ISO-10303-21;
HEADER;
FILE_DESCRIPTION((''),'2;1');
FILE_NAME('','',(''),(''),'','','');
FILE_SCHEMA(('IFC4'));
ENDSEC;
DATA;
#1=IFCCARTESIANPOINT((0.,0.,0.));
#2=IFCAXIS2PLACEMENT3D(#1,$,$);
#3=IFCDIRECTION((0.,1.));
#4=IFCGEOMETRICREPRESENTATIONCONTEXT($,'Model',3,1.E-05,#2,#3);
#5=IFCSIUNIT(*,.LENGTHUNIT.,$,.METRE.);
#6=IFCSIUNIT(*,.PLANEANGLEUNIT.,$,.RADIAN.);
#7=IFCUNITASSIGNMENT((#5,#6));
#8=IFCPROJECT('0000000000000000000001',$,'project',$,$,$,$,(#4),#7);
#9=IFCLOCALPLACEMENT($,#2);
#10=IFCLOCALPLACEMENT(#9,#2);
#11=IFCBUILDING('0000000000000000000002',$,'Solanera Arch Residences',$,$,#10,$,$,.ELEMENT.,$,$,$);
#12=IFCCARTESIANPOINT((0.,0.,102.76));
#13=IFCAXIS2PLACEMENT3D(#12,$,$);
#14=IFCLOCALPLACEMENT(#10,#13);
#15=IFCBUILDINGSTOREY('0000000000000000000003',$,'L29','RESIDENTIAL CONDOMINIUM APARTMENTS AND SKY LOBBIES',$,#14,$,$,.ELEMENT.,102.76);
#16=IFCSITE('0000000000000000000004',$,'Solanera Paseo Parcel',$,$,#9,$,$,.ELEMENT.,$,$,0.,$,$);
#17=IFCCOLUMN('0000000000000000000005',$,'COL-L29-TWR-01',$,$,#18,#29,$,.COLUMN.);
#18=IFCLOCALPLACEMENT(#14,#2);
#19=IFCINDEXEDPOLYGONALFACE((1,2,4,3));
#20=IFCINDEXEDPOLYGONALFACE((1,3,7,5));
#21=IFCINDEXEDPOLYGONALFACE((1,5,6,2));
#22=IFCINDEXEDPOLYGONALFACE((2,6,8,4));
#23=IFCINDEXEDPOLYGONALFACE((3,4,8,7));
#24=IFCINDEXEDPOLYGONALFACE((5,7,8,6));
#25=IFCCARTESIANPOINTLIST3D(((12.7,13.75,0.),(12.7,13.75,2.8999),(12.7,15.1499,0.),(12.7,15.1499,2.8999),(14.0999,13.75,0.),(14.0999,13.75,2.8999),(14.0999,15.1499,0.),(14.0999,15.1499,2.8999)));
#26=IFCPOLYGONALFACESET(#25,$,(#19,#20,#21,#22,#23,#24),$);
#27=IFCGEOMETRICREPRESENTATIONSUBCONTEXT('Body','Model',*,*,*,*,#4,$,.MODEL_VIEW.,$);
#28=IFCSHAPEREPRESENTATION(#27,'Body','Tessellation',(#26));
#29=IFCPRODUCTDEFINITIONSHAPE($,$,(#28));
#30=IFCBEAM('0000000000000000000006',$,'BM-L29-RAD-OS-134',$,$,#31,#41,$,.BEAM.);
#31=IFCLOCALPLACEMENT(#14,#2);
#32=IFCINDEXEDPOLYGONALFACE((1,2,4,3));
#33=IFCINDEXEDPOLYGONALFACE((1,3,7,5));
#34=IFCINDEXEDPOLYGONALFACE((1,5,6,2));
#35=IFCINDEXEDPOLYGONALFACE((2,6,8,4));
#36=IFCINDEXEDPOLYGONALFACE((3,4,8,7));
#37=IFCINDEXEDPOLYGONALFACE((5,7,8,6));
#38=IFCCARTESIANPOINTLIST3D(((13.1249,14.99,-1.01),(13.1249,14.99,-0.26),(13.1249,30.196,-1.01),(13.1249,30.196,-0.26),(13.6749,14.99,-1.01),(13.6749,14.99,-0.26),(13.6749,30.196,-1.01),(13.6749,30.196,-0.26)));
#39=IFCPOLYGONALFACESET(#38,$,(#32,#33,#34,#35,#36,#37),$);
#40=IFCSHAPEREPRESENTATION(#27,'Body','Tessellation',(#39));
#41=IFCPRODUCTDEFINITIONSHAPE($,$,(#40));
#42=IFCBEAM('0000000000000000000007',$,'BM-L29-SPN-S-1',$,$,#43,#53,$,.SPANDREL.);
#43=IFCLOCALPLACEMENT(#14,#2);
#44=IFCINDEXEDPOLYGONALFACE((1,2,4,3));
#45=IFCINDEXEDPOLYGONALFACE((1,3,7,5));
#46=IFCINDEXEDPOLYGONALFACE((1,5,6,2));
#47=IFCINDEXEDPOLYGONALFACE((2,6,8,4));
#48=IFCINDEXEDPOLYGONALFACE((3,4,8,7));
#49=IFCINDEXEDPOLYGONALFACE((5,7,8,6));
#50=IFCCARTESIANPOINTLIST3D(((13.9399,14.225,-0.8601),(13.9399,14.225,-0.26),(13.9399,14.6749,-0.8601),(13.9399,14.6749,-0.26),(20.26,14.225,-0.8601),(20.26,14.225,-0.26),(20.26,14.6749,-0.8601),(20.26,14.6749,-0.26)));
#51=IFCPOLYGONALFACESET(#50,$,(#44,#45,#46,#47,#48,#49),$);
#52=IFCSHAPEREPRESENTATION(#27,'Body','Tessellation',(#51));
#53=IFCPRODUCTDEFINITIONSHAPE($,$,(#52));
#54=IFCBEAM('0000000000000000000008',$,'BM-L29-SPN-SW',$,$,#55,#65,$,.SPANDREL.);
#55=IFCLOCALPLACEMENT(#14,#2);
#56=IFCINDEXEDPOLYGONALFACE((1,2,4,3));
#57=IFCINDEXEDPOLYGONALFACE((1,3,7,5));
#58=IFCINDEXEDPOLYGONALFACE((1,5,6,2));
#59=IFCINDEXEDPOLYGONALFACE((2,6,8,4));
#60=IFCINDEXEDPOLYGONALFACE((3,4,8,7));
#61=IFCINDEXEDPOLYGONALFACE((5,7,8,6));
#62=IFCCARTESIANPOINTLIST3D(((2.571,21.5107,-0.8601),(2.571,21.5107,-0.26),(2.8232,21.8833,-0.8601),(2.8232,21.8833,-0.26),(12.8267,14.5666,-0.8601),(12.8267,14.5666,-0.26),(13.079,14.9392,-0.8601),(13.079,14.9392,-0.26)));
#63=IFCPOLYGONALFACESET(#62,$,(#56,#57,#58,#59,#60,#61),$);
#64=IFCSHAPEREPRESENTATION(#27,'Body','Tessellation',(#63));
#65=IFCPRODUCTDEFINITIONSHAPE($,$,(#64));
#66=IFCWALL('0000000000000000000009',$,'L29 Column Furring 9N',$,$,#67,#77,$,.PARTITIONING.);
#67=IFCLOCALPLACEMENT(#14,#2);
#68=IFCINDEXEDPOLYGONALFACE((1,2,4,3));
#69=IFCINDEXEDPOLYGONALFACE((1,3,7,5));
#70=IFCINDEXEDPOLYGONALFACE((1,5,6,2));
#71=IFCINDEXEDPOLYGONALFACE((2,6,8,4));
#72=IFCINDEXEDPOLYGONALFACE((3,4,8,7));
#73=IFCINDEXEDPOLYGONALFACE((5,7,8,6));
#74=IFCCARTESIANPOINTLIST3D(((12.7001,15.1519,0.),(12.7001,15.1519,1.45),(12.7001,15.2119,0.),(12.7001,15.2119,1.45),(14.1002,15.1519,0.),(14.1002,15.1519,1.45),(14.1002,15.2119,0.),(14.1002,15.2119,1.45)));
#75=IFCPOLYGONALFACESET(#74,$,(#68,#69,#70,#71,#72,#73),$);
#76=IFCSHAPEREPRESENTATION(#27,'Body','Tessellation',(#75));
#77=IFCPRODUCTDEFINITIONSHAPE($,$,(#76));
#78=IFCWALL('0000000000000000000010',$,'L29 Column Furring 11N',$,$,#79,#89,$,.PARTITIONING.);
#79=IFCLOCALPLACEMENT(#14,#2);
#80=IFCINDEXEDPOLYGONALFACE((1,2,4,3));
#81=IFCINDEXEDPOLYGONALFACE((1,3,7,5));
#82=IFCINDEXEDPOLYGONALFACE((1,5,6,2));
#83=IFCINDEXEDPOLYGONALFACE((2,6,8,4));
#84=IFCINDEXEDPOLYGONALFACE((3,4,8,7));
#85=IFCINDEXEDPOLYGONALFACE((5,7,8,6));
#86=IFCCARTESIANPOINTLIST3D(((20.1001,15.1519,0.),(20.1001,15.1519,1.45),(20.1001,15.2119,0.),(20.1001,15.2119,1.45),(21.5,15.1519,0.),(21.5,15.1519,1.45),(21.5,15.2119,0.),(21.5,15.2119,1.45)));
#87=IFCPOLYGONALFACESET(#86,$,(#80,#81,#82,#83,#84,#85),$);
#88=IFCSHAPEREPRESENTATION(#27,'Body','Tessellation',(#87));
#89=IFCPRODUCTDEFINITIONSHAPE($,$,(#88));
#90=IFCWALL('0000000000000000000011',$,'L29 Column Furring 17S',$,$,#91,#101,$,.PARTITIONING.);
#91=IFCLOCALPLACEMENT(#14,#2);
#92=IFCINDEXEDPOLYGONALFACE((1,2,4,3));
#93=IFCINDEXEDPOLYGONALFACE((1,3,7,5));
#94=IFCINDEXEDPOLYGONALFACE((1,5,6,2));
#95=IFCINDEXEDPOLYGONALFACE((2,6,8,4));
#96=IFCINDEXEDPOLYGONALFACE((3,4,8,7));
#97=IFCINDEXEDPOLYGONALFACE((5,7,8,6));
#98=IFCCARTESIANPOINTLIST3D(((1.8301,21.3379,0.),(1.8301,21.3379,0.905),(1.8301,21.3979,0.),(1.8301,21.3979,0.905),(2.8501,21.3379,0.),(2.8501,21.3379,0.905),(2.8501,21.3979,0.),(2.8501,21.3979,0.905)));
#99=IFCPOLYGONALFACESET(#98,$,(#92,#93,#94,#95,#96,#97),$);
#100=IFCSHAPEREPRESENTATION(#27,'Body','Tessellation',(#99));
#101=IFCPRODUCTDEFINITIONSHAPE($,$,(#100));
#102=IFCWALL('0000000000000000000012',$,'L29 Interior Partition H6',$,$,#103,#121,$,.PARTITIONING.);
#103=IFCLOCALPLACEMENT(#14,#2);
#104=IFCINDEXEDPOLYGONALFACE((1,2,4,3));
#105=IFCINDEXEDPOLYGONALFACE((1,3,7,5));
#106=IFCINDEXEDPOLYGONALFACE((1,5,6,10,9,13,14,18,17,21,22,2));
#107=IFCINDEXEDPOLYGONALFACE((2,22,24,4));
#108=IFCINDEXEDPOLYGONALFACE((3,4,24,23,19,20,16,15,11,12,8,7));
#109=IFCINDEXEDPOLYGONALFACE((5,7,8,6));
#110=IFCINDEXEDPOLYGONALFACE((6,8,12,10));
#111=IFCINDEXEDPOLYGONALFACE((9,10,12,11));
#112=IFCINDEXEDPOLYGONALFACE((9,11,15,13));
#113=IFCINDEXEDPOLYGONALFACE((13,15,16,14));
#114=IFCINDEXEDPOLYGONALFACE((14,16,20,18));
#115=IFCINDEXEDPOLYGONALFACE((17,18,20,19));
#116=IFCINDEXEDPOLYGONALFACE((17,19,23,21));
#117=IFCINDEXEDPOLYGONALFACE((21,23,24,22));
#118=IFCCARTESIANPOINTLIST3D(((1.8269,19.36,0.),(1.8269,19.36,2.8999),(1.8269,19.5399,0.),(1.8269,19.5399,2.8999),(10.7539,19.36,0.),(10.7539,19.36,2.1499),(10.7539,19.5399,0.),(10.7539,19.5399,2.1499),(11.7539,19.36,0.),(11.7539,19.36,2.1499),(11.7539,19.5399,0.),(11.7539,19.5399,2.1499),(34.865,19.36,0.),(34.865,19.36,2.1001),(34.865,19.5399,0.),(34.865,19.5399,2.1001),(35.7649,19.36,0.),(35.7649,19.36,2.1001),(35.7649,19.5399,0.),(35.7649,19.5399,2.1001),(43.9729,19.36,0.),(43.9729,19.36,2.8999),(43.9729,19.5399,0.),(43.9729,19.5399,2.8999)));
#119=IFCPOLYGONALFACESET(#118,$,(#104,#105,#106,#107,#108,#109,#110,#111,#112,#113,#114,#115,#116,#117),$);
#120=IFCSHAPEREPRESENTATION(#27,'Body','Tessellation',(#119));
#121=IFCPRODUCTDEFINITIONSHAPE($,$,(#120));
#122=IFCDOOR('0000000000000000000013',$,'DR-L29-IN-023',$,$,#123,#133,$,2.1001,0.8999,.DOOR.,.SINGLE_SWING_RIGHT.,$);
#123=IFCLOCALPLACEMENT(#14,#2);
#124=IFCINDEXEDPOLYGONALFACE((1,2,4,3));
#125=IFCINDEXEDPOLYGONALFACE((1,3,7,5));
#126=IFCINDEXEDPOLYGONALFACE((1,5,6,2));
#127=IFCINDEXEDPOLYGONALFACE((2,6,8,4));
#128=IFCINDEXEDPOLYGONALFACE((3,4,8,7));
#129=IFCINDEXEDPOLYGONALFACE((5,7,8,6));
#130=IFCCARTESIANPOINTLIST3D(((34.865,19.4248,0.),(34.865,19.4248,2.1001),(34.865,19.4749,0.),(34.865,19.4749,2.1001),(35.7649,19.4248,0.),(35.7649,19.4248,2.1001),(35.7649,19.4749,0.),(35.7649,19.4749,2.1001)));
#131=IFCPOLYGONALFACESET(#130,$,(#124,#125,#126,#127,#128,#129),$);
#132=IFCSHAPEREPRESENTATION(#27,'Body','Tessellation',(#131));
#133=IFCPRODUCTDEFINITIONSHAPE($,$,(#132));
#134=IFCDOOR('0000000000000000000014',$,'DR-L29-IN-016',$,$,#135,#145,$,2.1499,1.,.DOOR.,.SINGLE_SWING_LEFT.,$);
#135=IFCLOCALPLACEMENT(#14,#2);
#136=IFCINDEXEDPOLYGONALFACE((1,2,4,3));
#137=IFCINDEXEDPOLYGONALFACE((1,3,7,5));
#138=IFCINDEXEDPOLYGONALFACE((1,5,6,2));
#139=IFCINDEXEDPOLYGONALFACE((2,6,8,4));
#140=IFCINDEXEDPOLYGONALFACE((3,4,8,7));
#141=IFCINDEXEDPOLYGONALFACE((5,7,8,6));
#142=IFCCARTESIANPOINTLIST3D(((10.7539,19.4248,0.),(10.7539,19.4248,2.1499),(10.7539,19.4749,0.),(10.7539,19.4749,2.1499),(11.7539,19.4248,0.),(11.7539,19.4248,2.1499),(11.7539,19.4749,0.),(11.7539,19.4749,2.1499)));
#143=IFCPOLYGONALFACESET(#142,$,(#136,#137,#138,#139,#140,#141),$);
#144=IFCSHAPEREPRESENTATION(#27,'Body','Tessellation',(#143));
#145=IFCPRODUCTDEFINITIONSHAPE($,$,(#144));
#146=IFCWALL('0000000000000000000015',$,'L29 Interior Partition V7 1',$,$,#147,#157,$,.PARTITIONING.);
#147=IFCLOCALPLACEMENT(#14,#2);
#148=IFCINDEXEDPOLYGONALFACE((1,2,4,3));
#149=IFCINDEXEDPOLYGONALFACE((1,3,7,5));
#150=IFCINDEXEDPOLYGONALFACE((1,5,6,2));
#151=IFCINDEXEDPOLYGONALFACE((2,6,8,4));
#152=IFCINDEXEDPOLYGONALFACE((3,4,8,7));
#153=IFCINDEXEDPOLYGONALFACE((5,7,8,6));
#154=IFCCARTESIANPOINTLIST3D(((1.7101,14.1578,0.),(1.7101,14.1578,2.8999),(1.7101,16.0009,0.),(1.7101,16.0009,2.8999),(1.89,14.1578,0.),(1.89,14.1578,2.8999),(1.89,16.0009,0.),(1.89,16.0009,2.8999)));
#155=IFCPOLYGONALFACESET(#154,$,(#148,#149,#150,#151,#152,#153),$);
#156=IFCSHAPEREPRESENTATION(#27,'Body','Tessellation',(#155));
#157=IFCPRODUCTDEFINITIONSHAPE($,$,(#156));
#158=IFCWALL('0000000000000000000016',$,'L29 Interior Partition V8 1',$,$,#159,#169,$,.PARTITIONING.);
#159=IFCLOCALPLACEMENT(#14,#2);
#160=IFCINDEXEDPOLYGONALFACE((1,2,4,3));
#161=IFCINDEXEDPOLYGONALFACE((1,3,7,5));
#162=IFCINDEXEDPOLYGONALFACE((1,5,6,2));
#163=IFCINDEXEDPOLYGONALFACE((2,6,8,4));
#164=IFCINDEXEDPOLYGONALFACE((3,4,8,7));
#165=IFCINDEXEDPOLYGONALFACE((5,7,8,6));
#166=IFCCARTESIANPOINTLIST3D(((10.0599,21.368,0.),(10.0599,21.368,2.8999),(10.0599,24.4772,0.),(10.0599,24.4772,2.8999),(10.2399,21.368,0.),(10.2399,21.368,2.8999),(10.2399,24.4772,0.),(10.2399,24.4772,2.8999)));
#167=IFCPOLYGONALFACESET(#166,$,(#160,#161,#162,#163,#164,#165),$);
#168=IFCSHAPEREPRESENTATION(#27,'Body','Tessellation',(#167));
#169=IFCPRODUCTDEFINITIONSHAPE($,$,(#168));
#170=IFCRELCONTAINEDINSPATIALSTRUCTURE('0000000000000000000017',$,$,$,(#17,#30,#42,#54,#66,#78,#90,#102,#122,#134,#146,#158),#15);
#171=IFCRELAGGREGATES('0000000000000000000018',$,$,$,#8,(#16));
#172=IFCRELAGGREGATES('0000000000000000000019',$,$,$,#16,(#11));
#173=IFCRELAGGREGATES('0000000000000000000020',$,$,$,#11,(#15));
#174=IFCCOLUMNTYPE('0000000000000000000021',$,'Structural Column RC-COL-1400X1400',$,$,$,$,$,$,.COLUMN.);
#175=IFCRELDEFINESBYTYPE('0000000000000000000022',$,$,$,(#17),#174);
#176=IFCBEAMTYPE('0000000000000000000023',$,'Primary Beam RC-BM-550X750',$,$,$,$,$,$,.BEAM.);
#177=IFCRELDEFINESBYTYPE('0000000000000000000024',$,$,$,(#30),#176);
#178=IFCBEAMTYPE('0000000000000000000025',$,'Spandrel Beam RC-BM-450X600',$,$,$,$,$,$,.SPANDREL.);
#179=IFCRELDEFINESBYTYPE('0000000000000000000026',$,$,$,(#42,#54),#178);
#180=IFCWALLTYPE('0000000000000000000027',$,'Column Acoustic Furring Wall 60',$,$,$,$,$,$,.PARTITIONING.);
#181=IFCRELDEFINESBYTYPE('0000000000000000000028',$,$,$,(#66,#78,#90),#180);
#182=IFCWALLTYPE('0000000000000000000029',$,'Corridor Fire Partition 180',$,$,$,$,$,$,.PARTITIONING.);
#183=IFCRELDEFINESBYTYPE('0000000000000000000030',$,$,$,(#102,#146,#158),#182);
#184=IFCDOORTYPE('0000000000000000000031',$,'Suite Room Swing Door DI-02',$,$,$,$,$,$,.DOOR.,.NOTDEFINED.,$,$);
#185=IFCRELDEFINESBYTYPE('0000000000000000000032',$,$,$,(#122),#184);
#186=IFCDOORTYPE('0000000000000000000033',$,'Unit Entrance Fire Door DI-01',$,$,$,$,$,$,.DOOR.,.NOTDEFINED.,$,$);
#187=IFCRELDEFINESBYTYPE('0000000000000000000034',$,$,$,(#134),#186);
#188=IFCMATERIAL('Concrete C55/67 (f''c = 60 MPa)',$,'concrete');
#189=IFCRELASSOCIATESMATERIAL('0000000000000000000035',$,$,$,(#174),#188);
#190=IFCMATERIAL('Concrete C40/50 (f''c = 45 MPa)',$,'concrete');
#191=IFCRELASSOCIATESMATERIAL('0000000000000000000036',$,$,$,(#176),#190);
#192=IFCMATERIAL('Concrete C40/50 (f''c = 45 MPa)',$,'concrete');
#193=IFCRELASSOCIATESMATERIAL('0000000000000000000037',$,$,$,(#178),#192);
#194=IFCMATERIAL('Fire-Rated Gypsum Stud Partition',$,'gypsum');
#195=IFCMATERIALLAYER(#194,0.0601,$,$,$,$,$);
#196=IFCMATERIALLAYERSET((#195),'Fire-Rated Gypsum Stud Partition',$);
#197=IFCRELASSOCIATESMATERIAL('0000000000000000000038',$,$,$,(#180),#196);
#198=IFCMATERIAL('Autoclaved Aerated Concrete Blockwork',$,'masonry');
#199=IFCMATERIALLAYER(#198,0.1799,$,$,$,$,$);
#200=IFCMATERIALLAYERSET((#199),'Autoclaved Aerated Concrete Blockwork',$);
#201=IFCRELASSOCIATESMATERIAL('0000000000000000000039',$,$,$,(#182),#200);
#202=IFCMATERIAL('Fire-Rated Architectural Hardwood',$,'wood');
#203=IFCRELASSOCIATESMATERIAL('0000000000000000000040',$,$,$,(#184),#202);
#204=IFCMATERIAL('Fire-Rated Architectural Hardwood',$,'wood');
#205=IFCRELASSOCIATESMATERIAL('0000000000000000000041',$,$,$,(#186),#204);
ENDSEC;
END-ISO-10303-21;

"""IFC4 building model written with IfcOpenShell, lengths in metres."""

from ifc_helpers import new_model, si_unit, direction, frame, frame_2d, origin, origin_2d, place, context, subcontext, project, spatial, rectangle, extrude, material, layer, layer_set, material_profile, profile_set, type_object, element, fill, save


model = new_model("IFC4")

# Units and contexts
model_context = context("Model", 3, precision=1e-05, world=origin(), true_north=direction((0.0, 1.0)))
body_context = subcontext(model_context, "Body", "Model", "MODEL_VIEW")
ifc_project = project(units=[si_unit("LENGTHUNIT", "METRE"), si_unit("PLANEANGLEUNIT", "RADIAN")], contexts=[model_context])

# Site, building, storey
site_placement = place(None, origin())
site = spatial("IfcSite", under=ifc_project, at=site_placement, Name="Solanera Paseo Parcel", CompositionType="ELEMENT", RefElevation=0.0)
building_placement = place(site_placement, origin())
building = spatial("IfcBuilding", under=site, at=building_placement, Name="Solanera Arch Residences", CompositionType="ELEMENT")
storey_placement = place(building_placement, frame((0.0, 0.0, 102.76)))
storey = spatial("IfcBuildingStorey", under=building, at=storey_placement, Name="L29", Description="RESIDENTIAL CONDOMINIUM APARTMENTS AND SKY LOBBIES", CompositionType="ELEMENT", Elevation=102.76)

# Column
ifc_material_1 = material(Name="Concrete C55/67 (f'c = 60 MPa)", Category="concrete")
ifc_material_profile_1 = material_profile(ifc_material_1, rectangle(XDim=1.3999, YDim=1.3999, at=origin_2d()))
ifc_profile_set_1 = profile_set([ifc_material_profile_1], Name="Concrete C55/67 (f'c = 60 MPa)")
column_type = type_object("IfcColumnType", Name="Structural Column RC-COL-1400X1400", PredefinedType="COLUMN", material=ifc_profile_set_1)
column_placement = place(storey_placement, frame((13.3999, 14.45, 0.0), z_axis=(0.0, 0.0, 1.0), x_axis=(1.0, 0.0, 0.0)))
element("IfcColumn", 1, at=column_placement, inside=storey, type_object=column_type, Name="COL-L29-TWR-01", PredefinedType="COLUMN", context=body_context, shape_type="SweptSolid", body=[
    extrude(rectangle(XDim=1.3999, YDim=1.3999, at=origin_2d()), origin(), (0.0, 0.0, 1.0), 2.8999),
])

# Beams
ifc_material_2 = material(Name="Concrete C40/50 (f'c = 45 MPa)", Category="concrete")
ifc_material_profile_2 = material_profile(ifc_material_2, rectangle(XDim=0.55, YDim=0.75, at=origin_2d()))
ifc_profile_set_2 = profile_set([ifc_material_profile_2], Name="Concrete C40/50 (f'c = 45 MPa)")
beam_type_1 = type_object("IfcBeamType", Name="Primary Beam RC-BM-550X750", PredefinedType="BEAM", material=ifc_profile_set_2)
beam_1_placement = place(storey_placement, frame((13.3999, 14.99, -0.635), z_axis=(0.0, 1.0, 0.0), x_axis=(-1.0, 0.0, 0.0)))
element("IfcBeam", 2, at=beam_1_placement, inside=storey, type_object=beam_type_1, Name="BM-L29-RAD-OS-134", PredefinedType="BEAM", context=body_context, shape_type="SweptSolid", body=[
    extrude(rectangle(XDim=0.55, YDim=0.75, at=origin_2d()), origin(), (0.0, 0.0, 1.0), 15.2061),
])
ifc_material_3 = material(Name="Concrete C40/50 (f'c = 45 MPa)", Category="concrete")
ifc_material_profile_3 = material_profile(ifc_material_3, rectangle(XDim=0.45, YDim=0.6001, at=origin_2d()))
ifc_profile_set_3 = profile_set([ifc_material_profile_3], Name="Concrete C40/50 (f'c = 45 MPa)")
beam_type_2 = type_object("IfcBeamType", Name="Spandrel Beam RC-BM-450X600", PredefinedType="SPANDREL", material=ifc_profile_set_3)
beam_2_placement = place(storey_placement, frame((13.9399, 14.45, -0.5601), z_axis=(1.0, 0.0, 0.0), x_axis=(0.0, 1.0, 0.0)))
element("IfcBeam", 3, at=beam_2_placement, inside=storey, type_object=beam_type_2, Name="BM-L29-SPN-S-1", PredefinedType="SPANDREL", context=body_context, shape_type="SweptSolid", body=[
    extrude(rectangle(XDim=0.45, YDim=0.6001, at=origin_2d()), origin(), (0.0, 0.0, 1.0), 6.3201),
])
beam_3_placement = place(storey_placement, frame((12.9529, 14.7529, -0.5601), z_axis=(-0.828047, 0.560659, 0.0), x_axis=(-0.560659, -0.828047, 0.0)))
element("IfcBeam", 4, at=beam_3_placement, inside=storey, type_object=beam_type_2, Name="BM-L29-SPN-SW", PredefinedType="SPANDREL", context=body_context, shape_type="SweptSolid", body=[
    extrude(rectangle(XDim=0.45, YDim=0.6001, at=origin_2d()), origin(), (0.0, 0.0, 1.0), 12.3855),
])

# Walls
ifc_material_4 = material(Name="Fire-Rated Gypsum Stud Partition", Category="gypsum")
ifc_layer_1 = layer(ifc_material_4, 0.0601)
ifc_layer_set_1 = layer_set([ifc_layer_1], Name="Fire-Rated Gypsum Stud Partition")
wall_type_1 = type_object("IfcWallType", Name="Column Acoustic Furring Wall 60", PredefinedType="PARTITIONING", material=ifc_layer_set_1)
wall_1_placement = place(storey_placement, frame((12.7, 15.1819, 0.0), z_axis=(0.0, 0.0, 1.0), x_axis=(1.0, 0.0, 0.0)))
element("IfcWall", 5, at=wall_1_placement, inside=storey, type_object=wall_type_1, Name="L29 Column Furring 9N", PredefinedType="PARTITIONING", context=body_context, shape_type="SweptSolid", body=[
    extrude(rectangle(XDim=1.4001, YDim=0.0601, at=frame_2d((0.7002, 0.0))), origin(), (0.0, 0.0, 1.0), 1.45),
])
wall_2_placement = place(storey_placement, frame((20.1001, 15.1819, 0.0), z_axis=(0.0, 0.0, 1.0), x_axis=(1.0, 0.0, 0.0)))
element("IfcWall", 6, at=wall_2_placement, inside=storey, type_object=wall_type_1, Name="L29 Column Furring 11N", PredefinedType="PARTITIONING", context=body_context, shape_type="SweptSolid", body=[
    extrude(rectangle(XDim=1.3999, YDim=0.0601, at=frame_2d((0.7, 0.0))), origin(), (0.0, 0.0, 1.0), 1.45),
])
wall_3_placement = place(storey_placement, frame((1.8301, 21.3679, 0.0), z_axis=(0.0, 0.0, 1.0), x_axis=(1.0, 0.0, 0.0)))
element("IfcWall", 7, at=wall_3_placement, inside=storey, type_object=wall_type_1, Name="L29 Column Furring 17S", PredefinedType="PARTITIONING", context=body_context, shape_type="SweptSolid", body=[
    extrude(rectangle(XDim=1.02, YDim=0.0601, at=frame_2d((0.51, 0.0))), origin(), (0.0, 0.0, 1.0), 0.905),
])

# Wall, openings, doors
ifc_material_5 = material(Name="Autoclaved Aerated Concrete Blockwork", Category="masonry")
ifc_layer_2 = layer(ifc_material_5, 0.1799)
ifc_layer_set_2 = layer_set([ifc_layer_2], Name="Autoclaved Aerated Concrete Blockwork")
wall_type_2 = type_object("IfcWallType", Name="Corridor Fire Partition 180", PredefinedType="PARTITIONING", material=ifc_layer_set_2)
wall_4_placement = place(storey_placement, frame((1.8269, 19.45, 0.0), z_axis=(0.0, 0.0, 1.0), x_axis=(1.0, 0.0, 0.0)))
wall_4 = element("IfcWall", 8, at=wall_4_placement, inside=storey, type_object=wall_type_2, Name="L29 Interior Partition H6", PredefinedType="PARTITIONING", context=body_context, shape_type="SweptSolid", body=[
    extrude(rectangle(XDim=42.146, YDim=0.1799, at=frame_2d((21.073, 0.0))), origin(), (0.0, 0.0, 1.0), 2.8999),
])
opening_1_placement = place(wall_4_placement, frame((8.927, 0.0, 0.0)))
opening_1 = element("IfcOpeningElement", 9, at=opening_1_placement, cuts=wall_4, PredefinedType="OPENING", context=body_context, shape_type="SweptSolid", body=[
    extrude(rectangle(XDim=1.0, YDim=2.1499, at=frame_2d((0.5, 1.075))), frame((0.0, 0.1001, 0.0), z_axis=(0.0, -1.0, 0.0), x_axis=(1.0, 0.0, 0.0)), (0.0, 0.0, 1.0), 0.1999),
])
opening_2_placement = place(wall_4_placement, frame((33.0381, 0.0, 0.0)))
opening_2 = element("IfcOpeningElement", 10, at=opening_2_placement, cuts=wall_4, PredefinedType="OPENING", context=body_context, shape_type="SweptSolid", body=[
    extrude(rectangle(XDim=0.8999, YDim=2.1001, at=frame_2d((0.45, 1.05))), frame((0.0, 0.1001, 0.0), z_axis=(0.0, -1.0, 0.0), x_axis=(1.0, 0.0, 0.0)), (0.0, 0.0, 1.0), 0.1999),
])
ifc_material_6 = material(Name="Fire-Rated Architectural Hardwood", Category="wood")
door_type_1 = type_object("IfcDoorType", Name="Suite Room Swing Door DI-02", OperationType="NOTDEFINED", PredefinedType="DOOR", material=ifc_material_6)
door_1_placement = place(opening_2_placement, origin())
door_1 = element("IfcDoor", 11, at=door_1_placement, inside=storey, type_object=door_type_1, Name="DR-L29-IN-023", OperationType="SINGLE_SWING_RIGHT", OverallHeight=2.1001, OverallWidth=0.8999, PredefinedType="DOOR", context=body_context, shape_type="SweptSolid", body=[
    extrude(rectangle(XDim=0.8999, YDim=2.1001, at=frame_2d((0.45, 1.05))), frame((0.0, 0.0249, 0.0), z_axis=(0.0, -1.0, 0.0), x_axis=(1.0, 0.0, 0.0)), (0.0, 0.0, 1.0), 0.05),
])
fill(opening_2, door_1)
ifc_material_7 = material(Name="Fire-Rated Architectural Hardwood", Category="wood")
door_type_2 = type_object("IfcDoorType", Name="Unit Entrance Fire Door DI-01", OperationType="NOTDEFINED", PredefinedType="DOOR", material=ifc_material_7)
door_2_placement = place(opening_1_placement, origin())
door_2 = element("IfcDoor", 12, at=door_2_placement, inside=storey, type_object=door_type_2, Name="DR-L29-IN-016", OperationType="SINGLE_SWING_LEFT", OverallHeight=2.1499, OverallWidth=1.0, PredefinedType="DOOR", context=body_context, shape_type="SweptSolid", body=[
    extrude(rectangle(XDim=1.0, YDim=2.1499, at=frame_2d((0.5, 1.075))), frame((0.0, 0.0249, 0.0), z_axis=(0.0, -1.0, 0.0), x_axis=(1.0, 0.0, 0.0)), (0.0, 0.0, 1.0), 0.05),
])
fill(opening_1, door_2)

# Walls
wall_5_placement = place(storey_placement, frame((1.8, 14.158, 0.0), z_axis=(0.0, 0.0, 1.0), x_axis=(0.0, 1.0, 0.0)))
element("IfcWall", 13, at=wall_5_placement, inside=storey, type_object=wall_type_2, Name="L29 Interior Partition V7 1", PredefinedType="PARTITIONING", context=body_context, shape_type="SweptSolid", body=[
    extrude(rectangle(XDim=1.843, YDim=0.1799, at=frame_2d((0.9214, 0.0))), origin(), (0.0, 0.0, 1.0), 2.8999),
])
wall_6_placement = place(storey_placement, frame((10.1499, 21.3679, 0.0), z_axis=(0.0, 0.0, 1.0), x_axis=(0.0, 1.0, 0.0)))
element("IfcWall", 14, at=wall_6_placement, inside=storey, type_object=wall_type_2, Name="L29 Interior Partition V8 1", PredefinedType="PARTITIONING", context=body_context, shape_type="SweptSolid", body=[
    extrude(rectangle(XDim=3.1091, YDim=0.1799, at=frame_2d((1.5547, 0.0))), origin(), (0.0, 0.0, 1.0), 2.8999),
])

save(model, "model.ifc")
